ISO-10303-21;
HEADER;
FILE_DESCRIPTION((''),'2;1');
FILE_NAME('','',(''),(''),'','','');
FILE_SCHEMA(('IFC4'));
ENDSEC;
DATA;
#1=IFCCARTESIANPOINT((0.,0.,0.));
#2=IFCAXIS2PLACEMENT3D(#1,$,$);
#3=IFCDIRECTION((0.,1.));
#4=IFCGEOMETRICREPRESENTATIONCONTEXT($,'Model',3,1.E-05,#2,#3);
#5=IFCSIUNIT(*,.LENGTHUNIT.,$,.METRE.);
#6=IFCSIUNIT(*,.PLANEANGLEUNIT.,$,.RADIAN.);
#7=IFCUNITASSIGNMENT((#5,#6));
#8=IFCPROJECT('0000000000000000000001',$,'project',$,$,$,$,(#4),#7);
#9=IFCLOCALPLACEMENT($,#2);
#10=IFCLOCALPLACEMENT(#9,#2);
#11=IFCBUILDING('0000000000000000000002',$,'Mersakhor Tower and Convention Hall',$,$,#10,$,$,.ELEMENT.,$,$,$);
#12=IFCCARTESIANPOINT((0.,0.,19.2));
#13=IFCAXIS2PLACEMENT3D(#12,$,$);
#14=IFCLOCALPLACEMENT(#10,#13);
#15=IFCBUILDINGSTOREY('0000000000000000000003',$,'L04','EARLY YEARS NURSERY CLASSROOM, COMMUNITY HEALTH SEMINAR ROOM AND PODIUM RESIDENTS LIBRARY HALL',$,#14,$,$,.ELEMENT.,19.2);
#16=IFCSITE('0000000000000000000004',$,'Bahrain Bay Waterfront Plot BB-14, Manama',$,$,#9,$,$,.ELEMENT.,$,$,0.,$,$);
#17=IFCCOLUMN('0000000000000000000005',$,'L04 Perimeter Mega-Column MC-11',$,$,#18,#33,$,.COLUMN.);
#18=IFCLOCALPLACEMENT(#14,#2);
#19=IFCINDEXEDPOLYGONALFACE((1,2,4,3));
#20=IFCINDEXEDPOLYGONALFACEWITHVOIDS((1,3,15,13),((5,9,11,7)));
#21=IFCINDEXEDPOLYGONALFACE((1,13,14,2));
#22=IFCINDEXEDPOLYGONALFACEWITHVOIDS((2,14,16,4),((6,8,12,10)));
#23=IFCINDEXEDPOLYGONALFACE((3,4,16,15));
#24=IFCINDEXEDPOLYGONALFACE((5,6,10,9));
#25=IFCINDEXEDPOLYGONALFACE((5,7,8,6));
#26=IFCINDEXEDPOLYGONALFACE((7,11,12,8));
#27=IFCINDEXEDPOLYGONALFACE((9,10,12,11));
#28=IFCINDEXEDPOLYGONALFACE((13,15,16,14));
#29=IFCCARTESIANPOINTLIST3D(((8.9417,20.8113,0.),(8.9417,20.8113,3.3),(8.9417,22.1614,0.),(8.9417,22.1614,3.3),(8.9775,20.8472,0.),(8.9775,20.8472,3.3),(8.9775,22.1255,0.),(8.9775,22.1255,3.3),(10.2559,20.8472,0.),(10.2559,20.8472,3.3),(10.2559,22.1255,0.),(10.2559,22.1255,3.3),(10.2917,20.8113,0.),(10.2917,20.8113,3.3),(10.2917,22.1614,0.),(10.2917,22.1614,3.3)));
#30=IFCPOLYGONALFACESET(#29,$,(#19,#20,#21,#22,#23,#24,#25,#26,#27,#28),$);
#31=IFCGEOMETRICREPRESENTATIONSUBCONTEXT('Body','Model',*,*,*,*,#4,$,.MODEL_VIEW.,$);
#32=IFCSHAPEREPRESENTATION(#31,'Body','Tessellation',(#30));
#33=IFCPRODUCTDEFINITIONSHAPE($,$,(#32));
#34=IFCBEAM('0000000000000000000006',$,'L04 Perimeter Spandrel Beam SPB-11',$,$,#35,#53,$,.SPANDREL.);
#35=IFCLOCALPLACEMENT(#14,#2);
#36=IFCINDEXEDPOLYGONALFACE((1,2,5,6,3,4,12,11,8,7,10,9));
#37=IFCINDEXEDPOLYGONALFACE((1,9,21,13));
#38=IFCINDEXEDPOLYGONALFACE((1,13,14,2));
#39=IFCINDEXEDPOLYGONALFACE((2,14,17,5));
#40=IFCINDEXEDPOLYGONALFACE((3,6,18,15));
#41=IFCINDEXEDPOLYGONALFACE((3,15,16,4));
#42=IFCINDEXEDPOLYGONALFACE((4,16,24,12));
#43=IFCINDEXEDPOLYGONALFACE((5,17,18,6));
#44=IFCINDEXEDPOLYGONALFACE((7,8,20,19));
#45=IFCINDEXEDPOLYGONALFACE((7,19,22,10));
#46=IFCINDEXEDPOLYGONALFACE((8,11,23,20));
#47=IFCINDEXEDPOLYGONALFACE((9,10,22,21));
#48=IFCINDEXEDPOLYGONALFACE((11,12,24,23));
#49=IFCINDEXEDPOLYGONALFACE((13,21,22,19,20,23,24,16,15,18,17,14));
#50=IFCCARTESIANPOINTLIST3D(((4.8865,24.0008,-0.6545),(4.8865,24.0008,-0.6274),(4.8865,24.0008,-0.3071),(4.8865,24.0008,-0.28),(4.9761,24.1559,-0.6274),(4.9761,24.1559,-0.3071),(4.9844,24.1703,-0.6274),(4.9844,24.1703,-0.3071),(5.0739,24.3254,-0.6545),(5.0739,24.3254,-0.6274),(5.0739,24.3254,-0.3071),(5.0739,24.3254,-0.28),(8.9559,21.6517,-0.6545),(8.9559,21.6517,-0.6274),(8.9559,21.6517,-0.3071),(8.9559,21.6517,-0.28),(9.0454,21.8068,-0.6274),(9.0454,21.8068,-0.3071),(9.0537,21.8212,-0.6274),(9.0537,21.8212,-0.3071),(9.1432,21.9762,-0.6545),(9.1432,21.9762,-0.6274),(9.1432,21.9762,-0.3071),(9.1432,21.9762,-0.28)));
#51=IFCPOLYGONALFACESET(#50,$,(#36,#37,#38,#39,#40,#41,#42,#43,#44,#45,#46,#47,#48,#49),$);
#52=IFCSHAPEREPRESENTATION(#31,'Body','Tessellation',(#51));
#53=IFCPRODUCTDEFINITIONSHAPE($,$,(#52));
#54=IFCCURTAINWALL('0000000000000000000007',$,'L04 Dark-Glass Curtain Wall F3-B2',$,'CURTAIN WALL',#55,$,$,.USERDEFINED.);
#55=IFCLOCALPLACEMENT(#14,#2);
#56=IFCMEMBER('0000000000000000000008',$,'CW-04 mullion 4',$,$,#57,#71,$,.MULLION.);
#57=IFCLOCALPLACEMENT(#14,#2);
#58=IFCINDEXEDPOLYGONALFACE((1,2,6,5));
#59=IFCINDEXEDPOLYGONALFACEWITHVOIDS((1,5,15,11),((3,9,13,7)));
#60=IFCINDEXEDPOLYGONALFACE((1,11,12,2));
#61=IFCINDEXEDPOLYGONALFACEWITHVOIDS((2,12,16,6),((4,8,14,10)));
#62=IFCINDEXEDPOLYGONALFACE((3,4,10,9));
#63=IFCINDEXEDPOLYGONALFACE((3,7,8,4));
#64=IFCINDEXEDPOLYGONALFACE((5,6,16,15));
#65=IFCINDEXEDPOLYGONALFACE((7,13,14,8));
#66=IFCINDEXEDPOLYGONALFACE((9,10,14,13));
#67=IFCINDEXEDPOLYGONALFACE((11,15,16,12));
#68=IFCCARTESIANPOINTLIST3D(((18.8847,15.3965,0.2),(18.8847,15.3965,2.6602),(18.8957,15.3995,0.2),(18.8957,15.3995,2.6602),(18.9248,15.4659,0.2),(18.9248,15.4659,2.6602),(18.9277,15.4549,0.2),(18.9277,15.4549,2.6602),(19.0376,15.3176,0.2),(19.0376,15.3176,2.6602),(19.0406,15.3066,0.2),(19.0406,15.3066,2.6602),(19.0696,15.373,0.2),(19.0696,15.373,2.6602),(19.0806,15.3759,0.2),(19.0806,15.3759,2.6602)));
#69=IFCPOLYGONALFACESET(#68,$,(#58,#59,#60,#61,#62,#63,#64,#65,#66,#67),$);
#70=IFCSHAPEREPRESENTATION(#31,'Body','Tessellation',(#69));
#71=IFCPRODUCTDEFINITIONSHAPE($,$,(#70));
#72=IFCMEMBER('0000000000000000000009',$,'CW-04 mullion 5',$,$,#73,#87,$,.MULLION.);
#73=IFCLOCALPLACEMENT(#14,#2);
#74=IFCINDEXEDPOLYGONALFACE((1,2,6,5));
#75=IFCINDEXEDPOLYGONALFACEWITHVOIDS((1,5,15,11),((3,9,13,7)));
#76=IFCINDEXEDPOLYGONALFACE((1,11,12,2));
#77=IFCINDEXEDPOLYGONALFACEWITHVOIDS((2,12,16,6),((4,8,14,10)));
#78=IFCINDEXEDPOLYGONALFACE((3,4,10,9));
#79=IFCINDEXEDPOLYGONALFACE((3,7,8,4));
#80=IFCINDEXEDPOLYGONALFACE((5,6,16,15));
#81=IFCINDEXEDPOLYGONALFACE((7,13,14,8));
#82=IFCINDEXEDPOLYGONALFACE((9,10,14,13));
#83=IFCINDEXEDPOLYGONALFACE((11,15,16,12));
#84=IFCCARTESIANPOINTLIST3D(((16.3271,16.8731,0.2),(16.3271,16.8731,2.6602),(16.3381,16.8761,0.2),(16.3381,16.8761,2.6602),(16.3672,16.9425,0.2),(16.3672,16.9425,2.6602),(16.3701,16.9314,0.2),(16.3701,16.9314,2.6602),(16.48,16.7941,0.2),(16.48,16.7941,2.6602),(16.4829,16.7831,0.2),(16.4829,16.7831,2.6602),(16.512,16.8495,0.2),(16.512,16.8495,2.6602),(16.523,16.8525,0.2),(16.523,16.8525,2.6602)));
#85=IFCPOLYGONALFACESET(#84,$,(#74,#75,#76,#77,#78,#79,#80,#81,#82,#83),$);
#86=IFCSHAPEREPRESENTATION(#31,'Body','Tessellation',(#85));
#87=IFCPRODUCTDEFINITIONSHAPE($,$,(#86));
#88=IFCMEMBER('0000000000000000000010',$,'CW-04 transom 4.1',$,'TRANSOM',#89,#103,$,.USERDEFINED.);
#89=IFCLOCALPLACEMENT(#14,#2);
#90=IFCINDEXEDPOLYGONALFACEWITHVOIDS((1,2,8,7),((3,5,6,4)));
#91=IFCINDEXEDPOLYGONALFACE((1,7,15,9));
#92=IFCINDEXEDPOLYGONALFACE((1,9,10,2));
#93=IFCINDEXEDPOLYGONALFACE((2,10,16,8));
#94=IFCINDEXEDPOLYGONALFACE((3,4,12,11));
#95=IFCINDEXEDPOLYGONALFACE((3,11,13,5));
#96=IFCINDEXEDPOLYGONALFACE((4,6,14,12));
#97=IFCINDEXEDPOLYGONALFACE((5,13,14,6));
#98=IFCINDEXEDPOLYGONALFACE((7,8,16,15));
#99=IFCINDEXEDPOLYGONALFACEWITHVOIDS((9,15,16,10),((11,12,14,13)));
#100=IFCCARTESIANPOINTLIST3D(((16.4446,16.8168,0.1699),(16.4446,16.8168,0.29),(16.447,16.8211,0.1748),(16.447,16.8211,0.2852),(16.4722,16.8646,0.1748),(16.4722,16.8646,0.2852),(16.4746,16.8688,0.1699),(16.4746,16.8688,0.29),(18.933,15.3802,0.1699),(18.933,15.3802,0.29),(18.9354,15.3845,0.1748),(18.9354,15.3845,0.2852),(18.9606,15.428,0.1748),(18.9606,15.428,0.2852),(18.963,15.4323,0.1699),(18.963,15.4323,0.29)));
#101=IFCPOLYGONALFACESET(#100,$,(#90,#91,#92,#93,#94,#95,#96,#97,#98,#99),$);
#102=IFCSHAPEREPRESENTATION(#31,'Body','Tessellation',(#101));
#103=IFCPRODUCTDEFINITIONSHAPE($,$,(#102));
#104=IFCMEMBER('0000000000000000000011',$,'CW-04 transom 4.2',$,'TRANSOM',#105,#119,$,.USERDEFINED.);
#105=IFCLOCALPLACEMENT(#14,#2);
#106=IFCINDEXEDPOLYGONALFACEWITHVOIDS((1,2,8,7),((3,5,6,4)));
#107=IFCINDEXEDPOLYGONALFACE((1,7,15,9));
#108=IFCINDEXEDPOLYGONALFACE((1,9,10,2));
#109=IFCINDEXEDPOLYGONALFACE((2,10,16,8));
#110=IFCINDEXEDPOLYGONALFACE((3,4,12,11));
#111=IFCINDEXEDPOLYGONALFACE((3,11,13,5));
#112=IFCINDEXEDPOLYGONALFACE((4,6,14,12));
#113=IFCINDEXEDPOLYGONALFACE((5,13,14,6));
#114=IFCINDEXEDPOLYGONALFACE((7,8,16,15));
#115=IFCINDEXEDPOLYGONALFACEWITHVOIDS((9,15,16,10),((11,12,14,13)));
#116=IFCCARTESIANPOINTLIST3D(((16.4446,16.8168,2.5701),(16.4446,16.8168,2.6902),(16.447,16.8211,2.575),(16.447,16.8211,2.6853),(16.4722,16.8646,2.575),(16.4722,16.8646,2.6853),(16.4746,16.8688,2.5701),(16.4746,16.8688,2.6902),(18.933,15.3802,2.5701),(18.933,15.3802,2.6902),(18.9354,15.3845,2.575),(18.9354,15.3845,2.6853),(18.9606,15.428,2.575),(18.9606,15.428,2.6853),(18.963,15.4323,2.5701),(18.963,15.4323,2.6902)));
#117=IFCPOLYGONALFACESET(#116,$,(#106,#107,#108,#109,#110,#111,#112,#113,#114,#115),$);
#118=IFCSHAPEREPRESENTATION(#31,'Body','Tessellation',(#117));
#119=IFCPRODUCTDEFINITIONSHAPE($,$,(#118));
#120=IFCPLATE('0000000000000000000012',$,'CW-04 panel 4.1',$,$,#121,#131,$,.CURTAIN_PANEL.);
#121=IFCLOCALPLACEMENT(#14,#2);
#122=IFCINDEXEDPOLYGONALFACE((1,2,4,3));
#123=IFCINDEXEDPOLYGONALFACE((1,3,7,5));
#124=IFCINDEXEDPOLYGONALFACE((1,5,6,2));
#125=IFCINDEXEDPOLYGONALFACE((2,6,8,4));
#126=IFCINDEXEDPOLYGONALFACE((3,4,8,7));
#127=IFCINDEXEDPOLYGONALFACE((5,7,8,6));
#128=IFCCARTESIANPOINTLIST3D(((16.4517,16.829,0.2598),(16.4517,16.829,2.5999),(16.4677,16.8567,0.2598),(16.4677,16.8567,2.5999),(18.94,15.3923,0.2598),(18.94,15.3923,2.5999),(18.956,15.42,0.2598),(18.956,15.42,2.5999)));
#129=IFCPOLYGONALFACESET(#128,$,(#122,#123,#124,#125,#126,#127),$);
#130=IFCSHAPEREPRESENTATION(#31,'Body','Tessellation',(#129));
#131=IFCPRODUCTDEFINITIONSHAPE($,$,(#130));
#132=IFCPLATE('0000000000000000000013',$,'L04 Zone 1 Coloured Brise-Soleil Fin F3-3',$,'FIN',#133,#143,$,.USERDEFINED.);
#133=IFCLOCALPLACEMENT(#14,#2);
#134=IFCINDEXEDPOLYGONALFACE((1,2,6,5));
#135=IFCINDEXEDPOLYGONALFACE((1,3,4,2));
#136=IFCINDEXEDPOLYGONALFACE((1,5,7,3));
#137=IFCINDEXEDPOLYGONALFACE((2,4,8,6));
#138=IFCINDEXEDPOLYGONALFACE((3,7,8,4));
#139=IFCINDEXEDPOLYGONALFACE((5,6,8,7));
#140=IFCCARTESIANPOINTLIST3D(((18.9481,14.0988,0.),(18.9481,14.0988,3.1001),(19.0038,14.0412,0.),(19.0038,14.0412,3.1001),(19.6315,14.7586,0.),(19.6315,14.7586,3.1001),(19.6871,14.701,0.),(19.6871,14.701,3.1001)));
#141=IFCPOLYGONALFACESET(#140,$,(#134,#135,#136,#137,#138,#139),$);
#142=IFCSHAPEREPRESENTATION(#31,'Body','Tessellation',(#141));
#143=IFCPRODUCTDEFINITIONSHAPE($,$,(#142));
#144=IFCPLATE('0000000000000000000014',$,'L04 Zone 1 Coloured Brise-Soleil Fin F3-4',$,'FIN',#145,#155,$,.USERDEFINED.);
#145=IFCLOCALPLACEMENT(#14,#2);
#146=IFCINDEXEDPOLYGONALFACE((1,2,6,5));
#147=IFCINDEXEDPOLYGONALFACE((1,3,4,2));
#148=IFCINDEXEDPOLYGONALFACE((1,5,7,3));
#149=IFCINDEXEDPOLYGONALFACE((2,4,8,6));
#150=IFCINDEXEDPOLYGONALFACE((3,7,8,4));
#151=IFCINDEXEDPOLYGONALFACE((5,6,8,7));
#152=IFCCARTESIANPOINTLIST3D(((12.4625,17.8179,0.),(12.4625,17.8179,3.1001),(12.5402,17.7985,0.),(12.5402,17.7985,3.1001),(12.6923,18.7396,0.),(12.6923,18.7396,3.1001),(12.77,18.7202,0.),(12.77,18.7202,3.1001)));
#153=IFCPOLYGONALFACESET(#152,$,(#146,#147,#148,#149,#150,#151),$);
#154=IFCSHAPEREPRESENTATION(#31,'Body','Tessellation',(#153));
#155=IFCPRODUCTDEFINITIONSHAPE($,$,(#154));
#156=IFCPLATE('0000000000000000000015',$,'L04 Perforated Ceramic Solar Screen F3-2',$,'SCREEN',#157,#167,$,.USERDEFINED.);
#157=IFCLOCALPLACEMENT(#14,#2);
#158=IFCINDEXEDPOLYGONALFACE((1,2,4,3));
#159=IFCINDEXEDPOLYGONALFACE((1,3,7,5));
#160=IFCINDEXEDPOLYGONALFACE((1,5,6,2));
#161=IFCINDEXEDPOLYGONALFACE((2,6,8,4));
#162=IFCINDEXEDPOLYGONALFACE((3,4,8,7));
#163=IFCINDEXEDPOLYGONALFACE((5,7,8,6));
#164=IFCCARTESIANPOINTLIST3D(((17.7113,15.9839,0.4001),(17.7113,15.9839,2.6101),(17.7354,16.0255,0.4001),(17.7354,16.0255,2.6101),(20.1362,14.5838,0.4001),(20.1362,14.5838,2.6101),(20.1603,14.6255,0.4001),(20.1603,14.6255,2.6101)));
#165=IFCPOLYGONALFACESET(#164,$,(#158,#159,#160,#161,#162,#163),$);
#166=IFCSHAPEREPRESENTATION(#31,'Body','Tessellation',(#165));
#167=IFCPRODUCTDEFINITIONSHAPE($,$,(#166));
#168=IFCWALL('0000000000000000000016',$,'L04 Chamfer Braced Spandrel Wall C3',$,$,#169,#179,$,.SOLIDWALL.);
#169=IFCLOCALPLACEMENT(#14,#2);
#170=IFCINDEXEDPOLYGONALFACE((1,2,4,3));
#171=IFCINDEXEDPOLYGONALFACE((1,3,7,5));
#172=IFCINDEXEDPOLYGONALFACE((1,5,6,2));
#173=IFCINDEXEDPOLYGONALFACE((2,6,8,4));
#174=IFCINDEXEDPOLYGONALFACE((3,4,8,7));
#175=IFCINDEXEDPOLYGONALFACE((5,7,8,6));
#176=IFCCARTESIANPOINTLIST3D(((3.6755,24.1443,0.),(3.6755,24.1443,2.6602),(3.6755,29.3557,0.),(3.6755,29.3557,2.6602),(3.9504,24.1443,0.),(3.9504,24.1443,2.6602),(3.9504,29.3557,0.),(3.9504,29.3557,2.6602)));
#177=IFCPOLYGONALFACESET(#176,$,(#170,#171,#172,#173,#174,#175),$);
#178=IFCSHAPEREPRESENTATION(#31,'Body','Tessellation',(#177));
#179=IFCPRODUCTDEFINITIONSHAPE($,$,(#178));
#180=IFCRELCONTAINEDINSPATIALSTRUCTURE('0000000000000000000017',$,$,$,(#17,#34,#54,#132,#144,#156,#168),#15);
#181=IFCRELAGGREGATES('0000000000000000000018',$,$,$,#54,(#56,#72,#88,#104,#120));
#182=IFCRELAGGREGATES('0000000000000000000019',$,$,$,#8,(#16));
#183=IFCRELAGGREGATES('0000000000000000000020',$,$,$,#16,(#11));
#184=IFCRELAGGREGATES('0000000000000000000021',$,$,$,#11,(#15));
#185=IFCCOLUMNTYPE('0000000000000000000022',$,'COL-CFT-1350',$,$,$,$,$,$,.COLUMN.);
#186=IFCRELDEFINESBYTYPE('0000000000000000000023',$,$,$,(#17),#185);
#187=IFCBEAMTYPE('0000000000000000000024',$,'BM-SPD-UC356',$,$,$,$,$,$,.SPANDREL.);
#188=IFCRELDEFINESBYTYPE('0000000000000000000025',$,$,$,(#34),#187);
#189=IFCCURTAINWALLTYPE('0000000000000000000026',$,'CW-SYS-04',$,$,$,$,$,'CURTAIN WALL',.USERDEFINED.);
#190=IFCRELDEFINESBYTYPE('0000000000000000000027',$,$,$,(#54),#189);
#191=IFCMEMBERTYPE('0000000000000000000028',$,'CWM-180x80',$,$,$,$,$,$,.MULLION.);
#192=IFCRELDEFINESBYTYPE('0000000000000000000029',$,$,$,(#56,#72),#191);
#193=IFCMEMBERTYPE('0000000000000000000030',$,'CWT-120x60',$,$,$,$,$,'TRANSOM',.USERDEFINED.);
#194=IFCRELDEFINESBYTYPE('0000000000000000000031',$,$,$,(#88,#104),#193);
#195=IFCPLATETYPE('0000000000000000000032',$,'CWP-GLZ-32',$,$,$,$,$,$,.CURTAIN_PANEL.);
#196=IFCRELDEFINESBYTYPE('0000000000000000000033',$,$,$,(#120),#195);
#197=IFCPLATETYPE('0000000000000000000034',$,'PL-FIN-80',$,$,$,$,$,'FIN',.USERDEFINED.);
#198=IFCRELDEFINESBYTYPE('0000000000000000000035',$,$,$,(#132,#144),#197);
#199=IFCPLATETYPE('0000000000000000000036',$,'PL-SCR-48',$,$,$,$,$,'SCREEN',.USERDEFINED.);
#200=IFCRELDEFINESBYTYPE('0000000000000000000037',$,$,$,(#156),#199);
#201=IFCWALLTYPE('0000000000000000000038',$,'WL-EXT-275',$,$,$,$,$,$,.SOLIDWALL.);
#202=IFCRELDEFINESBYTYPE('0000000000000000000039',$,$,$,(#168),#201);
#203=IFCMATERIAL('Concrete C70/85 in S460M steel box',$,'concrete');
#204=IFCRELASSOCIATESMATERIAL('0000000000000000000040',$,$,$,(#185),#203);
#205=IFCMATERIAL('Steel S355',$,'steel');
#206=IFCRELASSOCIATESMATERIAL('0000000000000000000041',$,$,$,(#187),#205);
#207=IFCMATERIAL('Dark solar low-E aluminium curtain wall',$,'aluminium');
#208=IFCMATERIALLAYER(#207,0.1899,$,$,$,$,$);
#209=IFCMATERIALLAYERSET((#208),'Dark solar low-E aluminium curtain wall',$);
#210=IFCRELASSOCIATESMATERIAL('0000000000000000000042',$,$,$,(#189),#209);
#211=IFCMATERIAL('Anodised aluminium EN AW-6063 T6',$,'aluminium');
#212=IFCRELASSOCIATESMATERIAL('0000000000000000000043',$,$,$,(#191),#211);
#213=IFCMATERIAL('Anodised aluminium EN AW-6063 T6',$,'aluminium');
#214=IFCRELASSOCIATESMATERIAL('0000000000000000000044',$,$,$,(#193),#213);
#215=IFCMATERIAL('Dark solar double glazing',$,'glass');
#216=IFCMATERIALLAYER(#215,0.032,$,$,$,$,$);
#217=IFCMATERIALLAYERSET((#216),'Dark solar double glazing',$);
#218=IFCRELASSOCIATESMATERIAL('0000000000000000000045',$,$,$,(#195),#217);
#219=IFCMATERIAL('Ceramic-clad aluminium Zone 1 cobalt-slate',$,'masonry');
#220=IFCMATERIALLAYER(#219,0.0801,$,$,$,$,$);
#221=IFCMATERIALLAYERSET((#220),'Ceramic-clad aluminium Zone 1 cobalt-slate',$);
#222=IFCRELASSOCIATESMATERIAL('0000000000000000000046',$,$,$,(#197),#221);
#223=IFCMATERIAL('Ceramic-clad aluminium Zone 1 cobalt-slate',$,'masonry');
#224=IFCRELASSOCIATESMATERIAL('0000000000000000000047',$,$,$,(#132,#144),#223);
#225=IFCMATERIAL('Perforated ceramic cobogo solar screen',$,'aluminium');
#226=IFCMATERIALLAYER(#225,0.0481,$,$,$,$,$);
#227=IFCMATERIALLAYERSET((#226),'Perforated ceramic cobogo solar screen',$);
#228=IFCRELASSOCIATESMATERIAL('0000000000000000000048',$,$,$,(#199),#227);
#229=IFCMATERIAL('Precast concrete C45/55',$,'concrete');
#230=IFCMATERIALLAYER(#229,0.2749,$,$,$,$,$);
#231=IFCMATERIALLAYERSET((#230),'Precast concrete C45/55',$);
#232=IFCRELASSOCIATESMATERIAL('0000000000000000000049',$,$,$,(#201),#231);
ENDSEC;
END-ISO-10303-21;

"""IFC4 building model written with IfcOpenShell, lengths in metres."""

from ifc_helpers import new_model, si_unit, direction, frame, frame_2d, origin, origin_2d, place, context, subcontext, project, spatial, rectangle, hollow_rectangle, i_section, extrude, material, layer, layer_set, material_profile, profile_set, type_object, element, aggregate, save


model = new_model("IFC4")

# Units and contexts
model_context = context("Model", 3, precision=1e-05, world=origin(), true_north=direction((0.0, 1.0)))
body_context = subcontext(model_context, "Body", "Model", "MODEL_VIEW")
ifc_project = project(units=[si_unit("LENGTHUNIT", "METRE"), si_unit("PLANEANGLEUNIT", "RADIAN")], contexts=[model_context])

# Site, building, storey
site_placement = place(None, origin())
site = spatial("IfcSite", under=ifc_project, at=site_placement, Name="Bahrain Bay Waterfront Plot BB-14, Manama", CompositionType="ELEMENT", RefElevation=0.0)
building_placement = place(site_placement, origin())
building = spatial("IfcBuilding", under=site, at=building_placement, Name="Mersakhor Tower and Convention Hall", CompositionType="ELEMENT")
storey_placement = place(building_placement, frame((0.0, 0.0, 19.2)))
storey = spatial("IfcBuildingStorey", under=building, at=storey_placement, Name="L04", Description="EARLY YEARS NURSERY CLASSROOM, COMMUNITY HEALTH SEMINAR ROOM AND PODIUM RESIDENTS LIBRARY HALL", CompositionType="ELEMENT", Elevation=19.2)

# Column
ifc_material_1 = material(Name="Concrete C70/85 in S460M steel box", Category="concrete")
ifc_material_profile_1 = material_profile(ifc_material_1, hollow_rectangle(XDim=1.3501, YDim=1.3501, WallThickness=0.0359, at=origin_2d()), Name="SHS 1350x1350x36")
ifc_profile_set_1 = profile_set([ifc_material_profile_1], Name="Concrete C70/85 in S460M steel box")
column_type = type_object("IfcColumnType", Name="COL-CFT-1350", PredefinedType="COLUMN", material=ifc_profile_set_1)
column_placement = place(storey_placement, frame((9.6167, 21.4863, 0.0), z_axis=(0.0, 0.0, 1.0), x_axis=(1.0, 0.0, 0.0)))
element("IfcColumn", 1, at=column_placement, inside=storey, type_object=column_type, Name="L04 Perimeter Mega-Column MC-11", PredefinedType="COLUMN", context=body_context, shape_type="SweptSolid", body=[
    extrude(hollow_rectangle(XDim=1.3501, YDim=1.3501, WallThickness=0.0359, at=origin_2d()), origin(), (0.0, 0.0, 1.0), 3.3),
])

# Beam
ifc_material_2 = material(Name="Steel S355", Category="steel")
ifc_material_profile_2 = material_profile(ifc_material_2, i_section(OverallWidth=0.3748, OverallDepth=0.3745, WebThickness=0.0166, FlangeThickness=0.0271, at=origin_2d()), Name="UC 356x368x202")
ifc_profile_set_2 = profile_set([ifc_material_profile_2], Name="Steel S355")
beam_type = type_object("IfcBeamType", Name="BM-SPD-UC356", PredefinedType="SPANDREL", material=ifc_profile_set_2)
beam_placement = place(storey_placement, frame((9.0496, 21.814, -0.4673), z_axis=(-0.866054, 0.49995, 0.0), x_axis=(-0.49995, -0.866054, 0.0)))
element("IfcBeam", 2, at=beam_placement, inside=storey, type_object=beam_type, Name="L04 Perimeter Spandrel Beam SPB-11", PredefinedType="SPANDREL", context=body_context, shape_type="SweptSolid", body=[
    extrude(i_section(OverallWidth=0.3748, OverallDepth=0.3745, WebThickness=0.0166, FlangeThickness=0.0271, at=origin_2d()), origin(), (0.0, 0.0, 1.0), 4.6987),
])

# Curtain wall, members, plate
ifc_material_3 = material(Name="Dark solar low-E aluminium curtain wall", Category="aluminium")
ifc_layer_1 = layer(ifc_material_3, 0.1899)
ifc_layer_set_1 = layer_set([ifc_layer_1], Name="Dark solar low-E aluminium curtain wall")
curtain_wall_type = type_object("IfcCurtainWallType", Name="CW-SYS-04", ElementType="CURTAIN WALL", PredefinedType="USERDEFINED", material=ifc_layer_set_1)
curtain_wall_placement = place(storey_placement, origin())
curtain_wall = element("IfcCurtainWall", 3, at=curtain_wall_placement, inside=storey, type_object=curtain_wall_type, Name="L04 Dark-Glass Curtain Wall F3-B2", ObjectType="CURTAIN WALL", PredefinedType="USERDEFINED")
ifc_material_4 = material(Name="Anodised aluminium EN AW-6063 T6", Category="aluminium")
ifc_material_profile_3 = material_profile(ifc_material_4, hollow_rectangle(XDim=0.0801, YDim=0.1799, WallThickness=0.0081, at=origin_2d()), Name="RHS 180x80x8")
ifc_profile_set_3 = profile_set([ifc_material_profile_3], Name="Anodised aluminium EN AW-6063 T6")
member_type_1 = type_object("IfcMemberType", Name="CWM-180x80", PredefinedType="MULLION", material=ifc_profile_set_3)
member_1_placement = place(storey_placement, frame((18.9827, 15.3862, 0.2), z_axis=(0.0, 0.0, 1.0), x_axis=(-0.500003, -0.866023, 0.0)))
member_1 = element("IfcMember", 4, at=member_1_placement, type_object=member_type_1, Name="CW-04 mullion 4", PredefinedType="MULLION", context=body_context, shape_type="SweptSolid", body=[
    extrude(hollow_rectangle(XDim=0.0801, YDim=0.1799, WallThickness=0.0081, at=origin_2d()), origin(), (0.0, 0.0, 1.0), 2.4602),
])
member_2_placement = place(storey_placement, frame((16.425, 16.8628, 0.2), z_axis=(0.0, 0.0, 1.0), x_axis=(-0.500003, -0.866023, 0.0)))
member_2 = element("IfcMember", 5, at=member_2_placement, type_object=member_type_1, Name="CW-04 mullion 5", PredefinedType="MULLION", context=body_context, shape_type="SweptSolid", body=[
    extrude(hollow_rectangle(XDim=0.0801, YDim=0.1799, WallThickness=0.0081, at=origin_2d()), origin(), (0.0, 0.0, 1.0), 2.4602),
])
ifc_material_5 = material(Name="Anodised aluminium EN AW-6063 T6", Category="aluminium")
ifc_material_profile_4 = material_profile(ifc_material_5, hollow_rectangle(XDim=0.0601, YDim=0.1201, WallThickness=0.0049, at=origin_2d()), Name="RHS 120x60x5")
ifc_profile_set_4 = profile_set([ifc_material_profile_4], Name="Anodised aluminium EN AW-6063 T6")
member_type_2 = type_object("IfcMemberType", Name="CWT-120x60", ElementType="TRANSOM", PredefinedType="USERDEFINED", material=ifc_profile_set_4)
member_3_placement = place(storey_placement, frame((18.948, 15.4062, 0.23), z_axis=(-0.866038, 0.499977, 0.0), x_axis=(-0.499977, -0.866038, 0.0)))
member_3 = element("IfcMember", 6, at=member_3_placement, type_object=member_type_2, Name="CW-04 transom 4.1", ObjectType="TRANSOM", PredefinedType="USERDEFINED", context=body_context, shape_type="SweptSolid", body=[
    extrude(hollow_rectangle(XDim=0.0601, YDim=0.1201, WallThickness=0.0049, at=origin_2d()), origin(), (0.0, 0.0, 1.0), 2.8733),
])
member_4_placement = place(storey_placement, frame((18.948, 15.4062, 2.6301), z_axis=(-0.866038, 0.499977, 0.0), x_axis=(-0.499977, -0.866038, 0.0)))
member_4 = element("IfcMember", 7, at=member_4_placement, type_object=member_type_2, Name="CW-04 transom 4.2", ObjectType="TRANSOM", PredefinedType="USERDEFINED", context=body_context, shape_type="SweptSolid", body=[
    extrude(hollow_rectangle(XDim=0.0601, YDim=0.1201, WallThickness=0.0049, at=origin_2d()), origin(), (0.0, 0.0, 1.0), 2.8733),
])
ifc_material_6 = material(Name="Dark solar double glazing", Category="glass")
ifc_layer_2 = layer(ifc_material_6, 0.032)
ifc_layer_set_2 = layer_set([ifc_layer_2], Name="Dark solar double glazing")
plate_type_1 = type_object("IfcPlateType", Name="CWP-GLZ-32", PredefinedType="CURTAIN_PANEL", material=ifc_layer_set_2)
plate_1_placement = place(storey_placement, frame((17.7039, 16.1245, 0.2598), z_axis=(0.0, 0.0, 1.0), x_axis=(-0.866023, 0.500003, 0.0)))
plate_1 = element("IfcPlate", 8, at=plate_1_placement, type_object=plate_type_1, Name="CW-04 panel 4.1", PredefinedType="CURTAIN_PANEL", context=body_context, shape_type="SweptSolid", body=[
    extrude(rectangle(XDim=2.8733, YDim=0.032, at=origin_2d()), origin(), (0.0, 0.0, 1.0), 2.3401),
])
aggregate(curtain_wall, [member_1, member_2, member_3, member_4, plate_1])

# Plates
ifc_material_7 = material(Name="Ceramic-clad aluminium Zone 1 cobalt-slate", Category="masonry")
ifc_material_8 = material(Name="Ceramic-clad aluminium Zone 1 cobalt-slate", Category="masonry")
ifc_layer_3 = layer(ifc_material_8, 0.0801)
ifc_layer_set_3 = layer_set([ifc_layer_3], Name="Ceramic-clad aluminium Zone 1 cobalt-slate")
plate_type_2 = type_object("IfcPlateType", Name="PL-FIN-80", ElementType="FIN", PredefinedType="USERDEFINED", material=ifc_layer_set_3)
for number, where, z_axis, x_axis, name in (
    (9, (19.3176, 14.3999, 0.0), (0.0, 0.0, 1.0), (-0.71934, -0.694658, 0.0), "L04 Zone 1 Coloured Brise-Soleil Fin F3-3"),
    (10, (12.6162, 18.269, 0.0), (0.0, 0.0, 1.0), (-0.241922, -0.970296, 0.0), "L04 Zone 1 Coloured Brise-Soleil Fin F3-4"),
):
    element("IfcPlate", number, at=place(storey_placement, frame(where, z_axis=z_axis, x_axis=x_axis)), inside=storey, type_object=plate_type_2, material=ifc_material_7, Name=name, ObjectType="FIN", PredefinedType="USERDEFINED", context=body_context, shape_type="SweptSolid", body=[
        extrude(rectangle(XDim=0.95, YDim=0.0801, at=origin_2d()), origin(), (0.0, 0.0, 1.0), 3.1001),
    ])
ifc_material_9 = material(Name="Perforated ceramic cobogo solar screen", Category="aluminium")
ifc_layer_4 = layer(ifc_material_9, 0.0481)
ifc_layer_set_4 = layer_set([ifc_layer_4], Name="Perforated ceramic cobogo solar screen")
plate_type_3 = type_object("IfcPlateType", Name="PL-SCR-48", ElementType="SCREEN", PredefinedType="USERDEFINED", material=ifc_layer_set_4)
plate_2_placement = place(storey_placement, frame((18.9358, 15.3047, 0.4001), z_axis=(0.0, 0.0, 1.0), x_axis=(-0.866025, 0.5, 0.0)))
element("IfcPlate", 11, at=plate_2_placement, inside=storey, type_object=plate_type_3, Name="L04 Perforated Ceramic Solar Screen F3-2", ObjectType="SCREEN", PredefinedType="USERDEFINED", context=body_context, shape_type="SweptSolid", body=[
    extrude(rectangle(XDim=2.8, YDim=0.0481, at=origin_2d()), origin(), (0.0, 0.0, 1.0), 2.21),
])

# Wall
ifc_material_10 = material(Name="Precast concrete C45/55", Category="concrete")
ifc_layer_5 = layer(ifc_material_10, 0.2749)
ifc_layer_set_5 = layer_set([ifc_layer_5], Name="Precast concrete C45/55")
wall_type_1 = type_object("IfcWallType", Name="WL-EXT-275", PredefinedType="SOLIDWALL", material=ifc_layer_set_5)
wall_1_placement = place(storey_placement, frame((3.813, 24.1443, 0.0), z_axis=(0.0, 0.0, 1.0), x_axis=(0.0, 1.0, 0.0)))
element("IfcWall", 12, at=wall_1_placement, inside=storey, type_object=wall_type_1, Name="L04 Chamfer Braced Spandrel Wall C3", PredefinedType="SOLIDWALL", context=body_context, shape_type="SweptSolid", body=[
    extrude(rectangle(XDim=5.2114, YDim=0.2749, at=frame_2d((2.6057, 0.0))), origin(), (0.0, 0.0, 1.0), 2.6602),
])

save(model, "model.ifc")
